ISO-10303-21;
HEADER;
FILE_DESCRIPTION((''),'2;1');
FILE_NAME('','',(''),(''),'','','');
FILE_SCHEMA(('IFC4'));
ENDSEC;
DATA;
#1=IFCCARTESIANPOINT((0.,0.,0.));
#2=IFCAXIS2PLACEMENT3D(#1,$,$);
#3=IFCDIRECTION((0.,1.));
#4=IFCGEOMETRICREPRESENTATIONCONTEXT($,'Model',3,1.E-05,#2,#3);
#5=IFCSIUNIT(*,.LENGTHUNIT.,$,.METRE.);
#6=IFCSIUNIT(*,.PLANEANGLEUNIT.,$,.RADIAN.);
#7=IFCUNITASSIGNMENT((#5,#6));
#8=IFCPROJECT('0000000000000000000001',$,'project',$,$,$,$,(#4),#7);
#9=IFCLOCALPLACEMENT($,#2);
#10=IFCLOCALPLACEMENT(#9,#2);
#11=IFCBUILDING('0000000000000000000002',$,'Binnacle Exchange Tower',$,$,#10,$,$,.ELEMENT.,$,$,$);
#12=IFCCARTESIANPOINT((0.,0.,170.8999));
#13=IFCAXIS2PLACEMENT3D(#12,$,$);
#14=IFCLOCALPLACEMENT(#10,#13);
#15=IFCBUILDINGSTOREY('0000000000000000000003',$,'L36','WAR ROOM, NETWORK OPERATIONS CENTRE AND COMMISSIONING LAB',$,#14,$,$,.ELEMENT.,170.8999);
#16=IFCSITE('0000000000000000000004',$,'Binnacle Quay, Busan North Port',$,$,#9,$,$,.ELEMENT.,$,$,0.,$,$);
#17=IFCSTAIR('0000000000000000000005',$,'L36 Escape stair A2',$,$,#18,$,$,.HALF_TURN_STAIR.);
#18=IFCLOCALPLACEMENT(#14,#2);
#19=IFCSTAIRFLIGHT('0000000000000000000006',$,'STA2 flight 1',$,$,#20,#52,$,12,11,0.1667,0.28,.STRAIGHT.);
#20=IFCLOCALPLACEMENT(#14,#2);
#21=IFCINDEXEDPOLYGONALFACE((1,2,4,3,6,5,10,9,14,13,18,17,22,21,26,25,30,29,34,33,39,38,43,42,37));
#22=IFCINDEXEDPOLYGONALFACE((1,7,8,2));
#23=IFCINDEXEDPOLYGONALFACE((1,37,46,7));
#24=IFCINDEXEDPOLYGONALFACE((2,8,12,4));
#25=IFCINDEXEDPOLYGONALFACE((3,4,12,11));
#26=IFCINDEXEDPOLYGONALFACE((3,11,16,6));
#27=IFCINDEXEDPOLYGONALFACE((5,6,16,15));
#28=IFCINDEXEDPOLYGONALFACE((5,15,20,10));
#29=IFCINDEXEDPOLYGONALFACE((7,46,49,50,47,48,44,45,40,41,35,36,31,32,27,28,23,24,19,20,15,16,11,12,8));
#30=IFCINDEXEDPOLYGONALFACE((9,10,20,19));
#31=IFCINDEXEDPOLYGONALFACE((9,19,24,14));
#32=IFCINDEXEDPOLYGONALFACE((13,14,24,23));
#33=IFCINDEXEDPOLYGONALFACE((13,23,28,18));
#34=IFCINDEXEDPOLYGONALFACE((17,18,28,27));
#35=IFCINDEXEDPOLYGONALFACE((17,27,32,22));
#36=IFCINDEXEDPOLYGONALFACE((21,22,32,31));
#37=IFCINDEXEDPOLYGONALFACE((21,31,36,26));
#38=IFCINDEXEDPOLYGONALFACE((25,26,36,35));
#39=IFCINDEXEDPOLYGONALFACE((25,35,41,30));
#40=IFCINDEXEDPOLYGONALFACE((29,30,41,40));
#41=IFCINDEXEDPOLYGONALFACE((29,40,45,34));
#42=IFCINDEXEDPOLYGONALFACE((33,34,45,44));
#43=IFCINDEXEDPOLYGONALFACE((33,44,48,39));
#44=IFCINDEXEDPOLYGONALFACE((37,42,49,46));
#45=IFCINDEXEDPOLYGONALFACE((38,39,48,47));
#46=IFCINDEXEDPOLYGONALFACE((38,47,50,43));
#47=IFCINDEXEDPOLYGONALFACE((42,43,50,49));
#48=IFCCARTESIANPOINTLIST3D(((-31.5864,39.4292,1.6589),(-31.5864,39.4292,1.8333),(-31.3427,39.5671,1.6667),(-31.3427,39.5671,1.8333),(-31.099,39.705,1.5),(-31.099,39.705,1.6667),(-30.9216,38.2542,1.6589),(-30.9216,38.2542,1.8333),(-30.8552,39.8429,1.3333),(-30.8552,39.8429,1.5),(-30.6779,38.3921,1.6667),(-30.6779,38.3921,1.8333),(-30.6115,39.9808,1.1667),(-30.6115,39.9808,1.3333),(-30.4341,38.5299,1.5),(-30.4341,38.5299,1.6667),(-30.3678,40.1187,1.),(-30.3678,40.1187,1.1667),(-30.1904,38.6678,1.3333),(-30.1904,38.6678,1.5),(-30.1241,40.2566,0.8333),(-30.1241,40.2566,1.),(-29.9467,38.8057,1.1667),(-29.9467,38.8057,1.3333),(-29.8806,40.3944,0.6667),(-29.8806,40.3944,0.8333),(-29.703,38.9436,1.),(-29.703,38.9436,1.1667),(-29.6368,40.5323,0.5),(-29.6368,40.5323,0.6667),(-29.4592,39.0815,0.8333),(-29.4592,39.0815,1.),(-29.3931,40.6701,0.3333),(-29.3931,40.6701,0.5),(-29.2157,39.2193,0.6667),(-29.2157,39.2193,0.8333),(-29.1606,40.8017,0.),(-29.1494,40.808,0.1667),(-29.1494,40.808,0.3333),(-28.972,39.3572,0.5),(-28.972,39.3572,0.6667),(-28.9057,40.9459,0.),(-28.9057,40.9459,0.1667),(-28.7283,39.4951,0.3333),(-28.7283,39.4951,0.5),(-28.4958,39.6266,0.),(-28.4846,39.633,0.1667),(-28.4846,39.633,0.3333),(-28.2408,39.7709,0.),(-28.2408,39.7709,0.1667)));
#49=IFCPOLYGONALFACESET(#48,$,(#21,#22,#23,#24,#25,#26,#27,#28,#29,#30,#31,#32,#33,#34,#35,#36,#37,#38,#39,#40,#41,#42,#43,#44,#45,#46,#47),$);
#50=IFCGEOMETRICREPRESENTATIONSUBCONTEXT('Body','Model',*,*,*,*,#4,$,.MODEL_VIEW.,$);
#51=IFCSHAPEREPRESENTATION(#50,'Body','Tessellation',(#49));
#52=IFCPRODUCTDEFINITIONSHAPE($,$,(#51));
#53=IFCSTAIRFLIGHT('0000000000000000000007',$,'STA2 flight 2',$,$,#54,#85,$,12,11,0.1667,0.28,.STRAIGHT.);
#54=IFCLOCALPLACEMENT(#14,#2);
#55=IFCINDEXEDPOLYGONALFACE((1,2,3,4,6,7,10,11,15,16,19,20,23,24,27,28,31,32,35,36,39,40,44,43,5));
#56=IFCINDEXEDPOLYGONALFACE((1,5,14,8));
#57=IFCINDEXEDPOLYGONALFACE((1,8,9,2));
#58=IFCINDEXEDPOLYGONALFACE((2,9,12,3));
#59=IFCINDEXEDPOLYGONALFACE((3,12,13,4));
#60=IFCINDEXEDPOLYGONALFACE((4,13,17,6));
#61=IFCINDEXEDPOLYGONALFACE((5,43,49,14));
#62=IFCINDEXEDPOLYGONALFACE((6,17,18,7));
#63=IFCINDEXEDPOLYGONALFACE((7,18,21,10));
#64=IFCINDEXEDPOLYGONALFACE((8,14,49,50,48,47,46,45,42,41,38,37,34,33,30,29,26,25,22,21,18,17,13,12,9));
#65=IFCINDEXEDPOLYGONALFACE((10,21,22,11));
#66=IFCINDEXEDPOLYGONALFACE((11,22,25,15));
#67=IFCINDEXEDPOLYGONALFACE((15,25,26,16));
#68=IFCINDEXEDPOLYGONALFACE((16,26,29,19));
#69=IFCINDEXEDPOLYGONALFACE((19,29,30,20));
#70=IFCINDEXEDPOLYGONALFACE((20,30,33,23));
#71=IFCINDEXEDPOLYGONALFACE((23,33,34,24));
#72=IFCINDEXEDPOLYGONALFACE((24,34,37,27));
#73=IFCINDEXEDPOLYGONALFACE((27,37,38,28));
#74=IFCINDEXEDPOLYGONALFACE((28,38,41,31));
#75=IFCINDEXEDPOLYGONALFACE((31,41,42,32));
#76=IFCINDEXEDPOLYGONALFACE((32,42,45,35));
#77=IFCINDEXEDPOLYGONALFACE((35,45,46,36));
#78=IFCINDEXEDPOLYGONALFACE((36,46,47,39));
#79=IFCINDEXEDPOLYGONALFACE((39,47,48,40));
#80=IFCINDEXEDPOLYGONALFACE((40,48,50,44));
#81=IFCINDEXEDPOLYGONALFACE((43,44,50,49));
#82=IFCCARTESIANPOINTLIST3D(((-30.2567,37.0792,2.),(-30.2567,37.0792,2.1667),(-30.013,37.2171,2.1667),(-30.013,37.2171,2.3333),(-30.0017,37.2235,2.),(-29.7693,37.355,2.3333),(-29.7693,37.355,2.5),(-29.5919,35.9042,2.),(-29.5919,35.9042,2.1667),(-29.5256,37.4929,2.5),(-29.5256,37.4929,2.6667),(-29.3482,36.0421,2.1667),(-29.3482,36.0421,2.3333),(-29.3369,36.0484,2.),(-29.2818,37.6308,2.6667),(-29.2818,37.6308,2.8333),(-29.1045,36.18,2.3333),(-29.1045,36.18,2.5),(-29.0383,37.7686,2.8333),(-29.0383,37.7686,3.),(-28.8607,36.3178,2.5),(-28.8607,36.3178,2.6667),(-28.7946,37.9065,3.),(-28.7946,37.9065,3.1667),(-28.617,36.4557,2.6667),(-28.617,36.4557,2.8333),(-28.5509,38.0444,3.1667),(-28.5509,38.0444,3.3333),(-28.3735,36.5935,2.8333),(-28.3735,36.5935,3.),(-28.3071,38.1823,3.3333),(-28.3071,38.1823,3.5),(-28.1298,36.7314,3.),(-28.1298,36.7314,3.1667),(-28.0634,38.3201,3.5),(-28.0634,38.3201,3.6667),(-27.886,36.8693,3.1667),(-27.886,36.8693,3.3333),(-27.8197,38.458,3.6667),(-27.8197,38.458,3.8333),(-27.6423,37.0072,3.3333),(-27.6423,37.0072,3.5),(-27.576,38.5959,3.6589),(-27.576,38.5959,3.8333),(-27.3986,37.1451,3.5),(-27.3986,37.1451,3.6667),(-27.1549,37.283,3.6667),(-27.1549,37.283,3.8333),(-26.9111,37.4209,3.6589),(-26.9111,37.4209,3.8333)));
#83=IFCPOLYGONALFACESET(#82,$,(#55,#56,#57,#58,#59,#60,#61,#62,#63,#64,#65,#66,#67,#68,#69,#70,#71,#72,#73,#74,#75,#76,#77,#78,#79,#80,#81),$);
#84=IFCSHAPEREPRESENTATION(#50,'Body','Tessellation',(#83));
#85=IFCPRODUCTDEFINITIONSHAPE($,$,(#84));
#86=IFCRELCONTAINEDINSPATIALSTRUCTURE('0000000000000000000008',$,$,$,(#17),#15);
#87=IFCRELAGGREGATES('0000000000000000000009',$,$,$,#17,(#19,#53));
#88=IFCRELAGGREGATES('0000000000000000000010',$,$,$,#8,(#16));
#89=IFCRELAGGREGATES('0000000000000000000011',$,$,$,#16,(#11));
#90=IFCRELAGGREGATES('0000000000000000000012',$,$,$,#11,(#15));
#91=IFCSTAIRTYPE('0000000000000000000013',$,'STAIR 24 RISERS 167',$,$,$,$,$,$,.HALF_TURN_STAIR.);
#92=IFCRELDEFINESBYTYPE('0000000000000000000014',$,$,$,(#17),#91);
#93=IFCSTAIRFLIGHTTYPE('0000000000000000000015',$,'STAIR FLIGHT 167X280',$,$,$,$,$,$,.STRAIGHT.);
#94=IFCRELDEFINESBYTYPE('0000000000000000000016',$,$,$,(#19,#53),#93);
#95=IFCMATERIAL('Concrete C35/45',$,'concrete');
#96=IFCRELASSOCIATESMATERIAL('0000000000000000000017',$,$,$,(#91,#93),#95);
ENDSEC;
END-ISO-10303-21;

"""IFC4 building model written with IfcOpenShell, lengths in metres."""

from ifc_helpers import new_model, si_unit, direction, frame, origin, place, context, subcontext, project, spatial, polyline, outline, extrude, material, type_object, element, aggregate, save


model = new_model("IFC4")

# Units and contexts
model_context = context("Model", 3, precision=1e-05, world=origin(), true_north=direction((0.0, 1.0)))
body_context = subcontext(model_context, "Body", "Model", "MODEL_VIEW")
ifc_project = project(units=[si_unit("LENGTHUNIT", "METRE"), si_unit("PLANEANGLEUNIT", "RADIAN")], contexts=[model_context])

# Site, building, storey
site_placement = place(None, origin())
site = spatial("IfcSite", under=ifc_project, at=site_placement, Name="Binnacle Quay, Busan North Port", CompositionType="ELEMENT", RefElevation=0.0)
building_placement = place(site_placement, origin())
building = spatial("IfcBuilding", under=site, at=building_placement, Name="Binnacle Exchange Tower", CompositionType="ELEMENT")
storey_placement = place(building_placement, frame((0.0, 0.0, 170.8999)))
storey = spatial("IfcBuildingStorey", under=building, at=storey_placement, Name="L36", Description="WAR ROOM, NETWORK OPERATIONS CENTRE AND COMMISSIONING LAB", CompositionType="ELEMENT", Elevation=170.8999)

# Shared definitions
ifc_material_1 = material(Name="Concrete C35/45", Category="concrete")

# Stair, stair flights
stair_type = type_object("IfcStairType", Name="STAIR 24 RISERS 167", PredefinedType="HALF_TURN_STAIR", material=ifc_material_1)
stair_placement = place(storey_placement, origin())
stair = element("IfcStair", 1, at=stair_placement, inside=storey, type_object=stair_type, Name="L36 Escape stair A2", PredefinedType="HALF_TURN_STAIR")
stair_flight_type = type_object("IfcStairFlightType", Name="STAIR FLIGHT 167X280", PredefinedType="STRAIGHT", material=ifc_material_1)
stair_flight_1_placement = place(storey_placement, frame((-28.5732, 40.3584, 0.0), z_axis=(0.0, 0.0, 1.0), x_axis=(-0.870356, -0.492424, 0.0)))
stair_flight_1 = element("IfcStairFlight", 2, at=stair_flight_1_placement, type_object=stair_flight_type, Name="STA2 flight 1", NumberOfRisers=12, NumberOfTreads=11, PredefinedType="STRAIGHT", RiserHeight=0.1667, TreadLength=0.28, context=body_context, shape_type="SweptSolid", body=[
    extrude(outline(polyline([(0.0, 0.0), (0.0, 0.1667), (0.28, 0.1667), (0.28, 0.3333), (0.5601, 0.3333), (0.5601, 0.5), (0.8401, 0.5), (0.8401, 0.6667), (1.1201, 0.6667), (1.1201, 0.8333), (1.3999, 0.8333), (1.3999, 1.0), (1.6799, 1.0), (1.6799, 1.1667), (1.96, 1.1667), (1.96, 1.3333), (2.24, 1.3333), (2.24, 1.5), (2.52, 1.5), (2.52, 1.6667), (2.8, 1.6667), (2.8, 1.8333), (3.0801, 1.8333), (3.0801, 2.0), (3.0801, 1.6589), (0.293, 0.0), (0.0, 0.0)])), frame((0.0, 0.675, 0.0), z_axis=(0.0, -1.0, 0.0), x_axis=(1.0, 0.0, 0.0)), (0.0, 0.0, 1.0), 1.3501),
])
stair_flight_2_placement = place(storey_placement, frame((-29.9243, 36.4917, 2.0), z_axis=(0.0, 0.0, 1.0), x_axis=(0.870356, 0.492424, 0.0)))
stair_flight_2 = element("IfcStairFlight", 3, at=stair_flight_2_placement, type_object=stair_flight_type, Name="STA2 flight 2", NumberOfRisers=12, NumberOfTreads=11, PredefinedType="STRAIGHT", RiserHeight=0.1667, TreadLength=0.28, context=body_context, shape_type="SweptSolid", body=[
    extrude(outline(polyline([(0.0, 0.0), (0.0, 0.1667), (0.28, 0.1667), (0.28, 0.3333), (0.5601, 0.3333), (0.5601, 0.5), (0.8401, 0.5), (0.8401, 0.6667), (1.1201, 0.6667), (1.1201, 0.8333), (1.3999, 0.8333), (1.3999, 1.0), (1.6799, 1.0), (1.6799, 1.1667), (1.96, 1.1667), (1.96, 1.3333), (2.24, 1.3333), (2.24, 1.5), (2.52, 1.5), (2.52, 1.6667), (2.8, 1.6667), (2.8, 1.8333), (3.0801, 1.8333), (3.0801, 2.0), (3.0801, 1.6589), (0.293, 0.0), (0.0, 0.0)])), frame((0.0, 0.675, 0.0), z_axis=(0.0, -1.0, 0.0), x_axis=(1.0, 0.0, 0.0)), (0.0, 0.0, 1.0), 1.3501),
])
aggregate(stair, [stair_flight_1, stair_flight_2])

save(model, "model.ifc")
